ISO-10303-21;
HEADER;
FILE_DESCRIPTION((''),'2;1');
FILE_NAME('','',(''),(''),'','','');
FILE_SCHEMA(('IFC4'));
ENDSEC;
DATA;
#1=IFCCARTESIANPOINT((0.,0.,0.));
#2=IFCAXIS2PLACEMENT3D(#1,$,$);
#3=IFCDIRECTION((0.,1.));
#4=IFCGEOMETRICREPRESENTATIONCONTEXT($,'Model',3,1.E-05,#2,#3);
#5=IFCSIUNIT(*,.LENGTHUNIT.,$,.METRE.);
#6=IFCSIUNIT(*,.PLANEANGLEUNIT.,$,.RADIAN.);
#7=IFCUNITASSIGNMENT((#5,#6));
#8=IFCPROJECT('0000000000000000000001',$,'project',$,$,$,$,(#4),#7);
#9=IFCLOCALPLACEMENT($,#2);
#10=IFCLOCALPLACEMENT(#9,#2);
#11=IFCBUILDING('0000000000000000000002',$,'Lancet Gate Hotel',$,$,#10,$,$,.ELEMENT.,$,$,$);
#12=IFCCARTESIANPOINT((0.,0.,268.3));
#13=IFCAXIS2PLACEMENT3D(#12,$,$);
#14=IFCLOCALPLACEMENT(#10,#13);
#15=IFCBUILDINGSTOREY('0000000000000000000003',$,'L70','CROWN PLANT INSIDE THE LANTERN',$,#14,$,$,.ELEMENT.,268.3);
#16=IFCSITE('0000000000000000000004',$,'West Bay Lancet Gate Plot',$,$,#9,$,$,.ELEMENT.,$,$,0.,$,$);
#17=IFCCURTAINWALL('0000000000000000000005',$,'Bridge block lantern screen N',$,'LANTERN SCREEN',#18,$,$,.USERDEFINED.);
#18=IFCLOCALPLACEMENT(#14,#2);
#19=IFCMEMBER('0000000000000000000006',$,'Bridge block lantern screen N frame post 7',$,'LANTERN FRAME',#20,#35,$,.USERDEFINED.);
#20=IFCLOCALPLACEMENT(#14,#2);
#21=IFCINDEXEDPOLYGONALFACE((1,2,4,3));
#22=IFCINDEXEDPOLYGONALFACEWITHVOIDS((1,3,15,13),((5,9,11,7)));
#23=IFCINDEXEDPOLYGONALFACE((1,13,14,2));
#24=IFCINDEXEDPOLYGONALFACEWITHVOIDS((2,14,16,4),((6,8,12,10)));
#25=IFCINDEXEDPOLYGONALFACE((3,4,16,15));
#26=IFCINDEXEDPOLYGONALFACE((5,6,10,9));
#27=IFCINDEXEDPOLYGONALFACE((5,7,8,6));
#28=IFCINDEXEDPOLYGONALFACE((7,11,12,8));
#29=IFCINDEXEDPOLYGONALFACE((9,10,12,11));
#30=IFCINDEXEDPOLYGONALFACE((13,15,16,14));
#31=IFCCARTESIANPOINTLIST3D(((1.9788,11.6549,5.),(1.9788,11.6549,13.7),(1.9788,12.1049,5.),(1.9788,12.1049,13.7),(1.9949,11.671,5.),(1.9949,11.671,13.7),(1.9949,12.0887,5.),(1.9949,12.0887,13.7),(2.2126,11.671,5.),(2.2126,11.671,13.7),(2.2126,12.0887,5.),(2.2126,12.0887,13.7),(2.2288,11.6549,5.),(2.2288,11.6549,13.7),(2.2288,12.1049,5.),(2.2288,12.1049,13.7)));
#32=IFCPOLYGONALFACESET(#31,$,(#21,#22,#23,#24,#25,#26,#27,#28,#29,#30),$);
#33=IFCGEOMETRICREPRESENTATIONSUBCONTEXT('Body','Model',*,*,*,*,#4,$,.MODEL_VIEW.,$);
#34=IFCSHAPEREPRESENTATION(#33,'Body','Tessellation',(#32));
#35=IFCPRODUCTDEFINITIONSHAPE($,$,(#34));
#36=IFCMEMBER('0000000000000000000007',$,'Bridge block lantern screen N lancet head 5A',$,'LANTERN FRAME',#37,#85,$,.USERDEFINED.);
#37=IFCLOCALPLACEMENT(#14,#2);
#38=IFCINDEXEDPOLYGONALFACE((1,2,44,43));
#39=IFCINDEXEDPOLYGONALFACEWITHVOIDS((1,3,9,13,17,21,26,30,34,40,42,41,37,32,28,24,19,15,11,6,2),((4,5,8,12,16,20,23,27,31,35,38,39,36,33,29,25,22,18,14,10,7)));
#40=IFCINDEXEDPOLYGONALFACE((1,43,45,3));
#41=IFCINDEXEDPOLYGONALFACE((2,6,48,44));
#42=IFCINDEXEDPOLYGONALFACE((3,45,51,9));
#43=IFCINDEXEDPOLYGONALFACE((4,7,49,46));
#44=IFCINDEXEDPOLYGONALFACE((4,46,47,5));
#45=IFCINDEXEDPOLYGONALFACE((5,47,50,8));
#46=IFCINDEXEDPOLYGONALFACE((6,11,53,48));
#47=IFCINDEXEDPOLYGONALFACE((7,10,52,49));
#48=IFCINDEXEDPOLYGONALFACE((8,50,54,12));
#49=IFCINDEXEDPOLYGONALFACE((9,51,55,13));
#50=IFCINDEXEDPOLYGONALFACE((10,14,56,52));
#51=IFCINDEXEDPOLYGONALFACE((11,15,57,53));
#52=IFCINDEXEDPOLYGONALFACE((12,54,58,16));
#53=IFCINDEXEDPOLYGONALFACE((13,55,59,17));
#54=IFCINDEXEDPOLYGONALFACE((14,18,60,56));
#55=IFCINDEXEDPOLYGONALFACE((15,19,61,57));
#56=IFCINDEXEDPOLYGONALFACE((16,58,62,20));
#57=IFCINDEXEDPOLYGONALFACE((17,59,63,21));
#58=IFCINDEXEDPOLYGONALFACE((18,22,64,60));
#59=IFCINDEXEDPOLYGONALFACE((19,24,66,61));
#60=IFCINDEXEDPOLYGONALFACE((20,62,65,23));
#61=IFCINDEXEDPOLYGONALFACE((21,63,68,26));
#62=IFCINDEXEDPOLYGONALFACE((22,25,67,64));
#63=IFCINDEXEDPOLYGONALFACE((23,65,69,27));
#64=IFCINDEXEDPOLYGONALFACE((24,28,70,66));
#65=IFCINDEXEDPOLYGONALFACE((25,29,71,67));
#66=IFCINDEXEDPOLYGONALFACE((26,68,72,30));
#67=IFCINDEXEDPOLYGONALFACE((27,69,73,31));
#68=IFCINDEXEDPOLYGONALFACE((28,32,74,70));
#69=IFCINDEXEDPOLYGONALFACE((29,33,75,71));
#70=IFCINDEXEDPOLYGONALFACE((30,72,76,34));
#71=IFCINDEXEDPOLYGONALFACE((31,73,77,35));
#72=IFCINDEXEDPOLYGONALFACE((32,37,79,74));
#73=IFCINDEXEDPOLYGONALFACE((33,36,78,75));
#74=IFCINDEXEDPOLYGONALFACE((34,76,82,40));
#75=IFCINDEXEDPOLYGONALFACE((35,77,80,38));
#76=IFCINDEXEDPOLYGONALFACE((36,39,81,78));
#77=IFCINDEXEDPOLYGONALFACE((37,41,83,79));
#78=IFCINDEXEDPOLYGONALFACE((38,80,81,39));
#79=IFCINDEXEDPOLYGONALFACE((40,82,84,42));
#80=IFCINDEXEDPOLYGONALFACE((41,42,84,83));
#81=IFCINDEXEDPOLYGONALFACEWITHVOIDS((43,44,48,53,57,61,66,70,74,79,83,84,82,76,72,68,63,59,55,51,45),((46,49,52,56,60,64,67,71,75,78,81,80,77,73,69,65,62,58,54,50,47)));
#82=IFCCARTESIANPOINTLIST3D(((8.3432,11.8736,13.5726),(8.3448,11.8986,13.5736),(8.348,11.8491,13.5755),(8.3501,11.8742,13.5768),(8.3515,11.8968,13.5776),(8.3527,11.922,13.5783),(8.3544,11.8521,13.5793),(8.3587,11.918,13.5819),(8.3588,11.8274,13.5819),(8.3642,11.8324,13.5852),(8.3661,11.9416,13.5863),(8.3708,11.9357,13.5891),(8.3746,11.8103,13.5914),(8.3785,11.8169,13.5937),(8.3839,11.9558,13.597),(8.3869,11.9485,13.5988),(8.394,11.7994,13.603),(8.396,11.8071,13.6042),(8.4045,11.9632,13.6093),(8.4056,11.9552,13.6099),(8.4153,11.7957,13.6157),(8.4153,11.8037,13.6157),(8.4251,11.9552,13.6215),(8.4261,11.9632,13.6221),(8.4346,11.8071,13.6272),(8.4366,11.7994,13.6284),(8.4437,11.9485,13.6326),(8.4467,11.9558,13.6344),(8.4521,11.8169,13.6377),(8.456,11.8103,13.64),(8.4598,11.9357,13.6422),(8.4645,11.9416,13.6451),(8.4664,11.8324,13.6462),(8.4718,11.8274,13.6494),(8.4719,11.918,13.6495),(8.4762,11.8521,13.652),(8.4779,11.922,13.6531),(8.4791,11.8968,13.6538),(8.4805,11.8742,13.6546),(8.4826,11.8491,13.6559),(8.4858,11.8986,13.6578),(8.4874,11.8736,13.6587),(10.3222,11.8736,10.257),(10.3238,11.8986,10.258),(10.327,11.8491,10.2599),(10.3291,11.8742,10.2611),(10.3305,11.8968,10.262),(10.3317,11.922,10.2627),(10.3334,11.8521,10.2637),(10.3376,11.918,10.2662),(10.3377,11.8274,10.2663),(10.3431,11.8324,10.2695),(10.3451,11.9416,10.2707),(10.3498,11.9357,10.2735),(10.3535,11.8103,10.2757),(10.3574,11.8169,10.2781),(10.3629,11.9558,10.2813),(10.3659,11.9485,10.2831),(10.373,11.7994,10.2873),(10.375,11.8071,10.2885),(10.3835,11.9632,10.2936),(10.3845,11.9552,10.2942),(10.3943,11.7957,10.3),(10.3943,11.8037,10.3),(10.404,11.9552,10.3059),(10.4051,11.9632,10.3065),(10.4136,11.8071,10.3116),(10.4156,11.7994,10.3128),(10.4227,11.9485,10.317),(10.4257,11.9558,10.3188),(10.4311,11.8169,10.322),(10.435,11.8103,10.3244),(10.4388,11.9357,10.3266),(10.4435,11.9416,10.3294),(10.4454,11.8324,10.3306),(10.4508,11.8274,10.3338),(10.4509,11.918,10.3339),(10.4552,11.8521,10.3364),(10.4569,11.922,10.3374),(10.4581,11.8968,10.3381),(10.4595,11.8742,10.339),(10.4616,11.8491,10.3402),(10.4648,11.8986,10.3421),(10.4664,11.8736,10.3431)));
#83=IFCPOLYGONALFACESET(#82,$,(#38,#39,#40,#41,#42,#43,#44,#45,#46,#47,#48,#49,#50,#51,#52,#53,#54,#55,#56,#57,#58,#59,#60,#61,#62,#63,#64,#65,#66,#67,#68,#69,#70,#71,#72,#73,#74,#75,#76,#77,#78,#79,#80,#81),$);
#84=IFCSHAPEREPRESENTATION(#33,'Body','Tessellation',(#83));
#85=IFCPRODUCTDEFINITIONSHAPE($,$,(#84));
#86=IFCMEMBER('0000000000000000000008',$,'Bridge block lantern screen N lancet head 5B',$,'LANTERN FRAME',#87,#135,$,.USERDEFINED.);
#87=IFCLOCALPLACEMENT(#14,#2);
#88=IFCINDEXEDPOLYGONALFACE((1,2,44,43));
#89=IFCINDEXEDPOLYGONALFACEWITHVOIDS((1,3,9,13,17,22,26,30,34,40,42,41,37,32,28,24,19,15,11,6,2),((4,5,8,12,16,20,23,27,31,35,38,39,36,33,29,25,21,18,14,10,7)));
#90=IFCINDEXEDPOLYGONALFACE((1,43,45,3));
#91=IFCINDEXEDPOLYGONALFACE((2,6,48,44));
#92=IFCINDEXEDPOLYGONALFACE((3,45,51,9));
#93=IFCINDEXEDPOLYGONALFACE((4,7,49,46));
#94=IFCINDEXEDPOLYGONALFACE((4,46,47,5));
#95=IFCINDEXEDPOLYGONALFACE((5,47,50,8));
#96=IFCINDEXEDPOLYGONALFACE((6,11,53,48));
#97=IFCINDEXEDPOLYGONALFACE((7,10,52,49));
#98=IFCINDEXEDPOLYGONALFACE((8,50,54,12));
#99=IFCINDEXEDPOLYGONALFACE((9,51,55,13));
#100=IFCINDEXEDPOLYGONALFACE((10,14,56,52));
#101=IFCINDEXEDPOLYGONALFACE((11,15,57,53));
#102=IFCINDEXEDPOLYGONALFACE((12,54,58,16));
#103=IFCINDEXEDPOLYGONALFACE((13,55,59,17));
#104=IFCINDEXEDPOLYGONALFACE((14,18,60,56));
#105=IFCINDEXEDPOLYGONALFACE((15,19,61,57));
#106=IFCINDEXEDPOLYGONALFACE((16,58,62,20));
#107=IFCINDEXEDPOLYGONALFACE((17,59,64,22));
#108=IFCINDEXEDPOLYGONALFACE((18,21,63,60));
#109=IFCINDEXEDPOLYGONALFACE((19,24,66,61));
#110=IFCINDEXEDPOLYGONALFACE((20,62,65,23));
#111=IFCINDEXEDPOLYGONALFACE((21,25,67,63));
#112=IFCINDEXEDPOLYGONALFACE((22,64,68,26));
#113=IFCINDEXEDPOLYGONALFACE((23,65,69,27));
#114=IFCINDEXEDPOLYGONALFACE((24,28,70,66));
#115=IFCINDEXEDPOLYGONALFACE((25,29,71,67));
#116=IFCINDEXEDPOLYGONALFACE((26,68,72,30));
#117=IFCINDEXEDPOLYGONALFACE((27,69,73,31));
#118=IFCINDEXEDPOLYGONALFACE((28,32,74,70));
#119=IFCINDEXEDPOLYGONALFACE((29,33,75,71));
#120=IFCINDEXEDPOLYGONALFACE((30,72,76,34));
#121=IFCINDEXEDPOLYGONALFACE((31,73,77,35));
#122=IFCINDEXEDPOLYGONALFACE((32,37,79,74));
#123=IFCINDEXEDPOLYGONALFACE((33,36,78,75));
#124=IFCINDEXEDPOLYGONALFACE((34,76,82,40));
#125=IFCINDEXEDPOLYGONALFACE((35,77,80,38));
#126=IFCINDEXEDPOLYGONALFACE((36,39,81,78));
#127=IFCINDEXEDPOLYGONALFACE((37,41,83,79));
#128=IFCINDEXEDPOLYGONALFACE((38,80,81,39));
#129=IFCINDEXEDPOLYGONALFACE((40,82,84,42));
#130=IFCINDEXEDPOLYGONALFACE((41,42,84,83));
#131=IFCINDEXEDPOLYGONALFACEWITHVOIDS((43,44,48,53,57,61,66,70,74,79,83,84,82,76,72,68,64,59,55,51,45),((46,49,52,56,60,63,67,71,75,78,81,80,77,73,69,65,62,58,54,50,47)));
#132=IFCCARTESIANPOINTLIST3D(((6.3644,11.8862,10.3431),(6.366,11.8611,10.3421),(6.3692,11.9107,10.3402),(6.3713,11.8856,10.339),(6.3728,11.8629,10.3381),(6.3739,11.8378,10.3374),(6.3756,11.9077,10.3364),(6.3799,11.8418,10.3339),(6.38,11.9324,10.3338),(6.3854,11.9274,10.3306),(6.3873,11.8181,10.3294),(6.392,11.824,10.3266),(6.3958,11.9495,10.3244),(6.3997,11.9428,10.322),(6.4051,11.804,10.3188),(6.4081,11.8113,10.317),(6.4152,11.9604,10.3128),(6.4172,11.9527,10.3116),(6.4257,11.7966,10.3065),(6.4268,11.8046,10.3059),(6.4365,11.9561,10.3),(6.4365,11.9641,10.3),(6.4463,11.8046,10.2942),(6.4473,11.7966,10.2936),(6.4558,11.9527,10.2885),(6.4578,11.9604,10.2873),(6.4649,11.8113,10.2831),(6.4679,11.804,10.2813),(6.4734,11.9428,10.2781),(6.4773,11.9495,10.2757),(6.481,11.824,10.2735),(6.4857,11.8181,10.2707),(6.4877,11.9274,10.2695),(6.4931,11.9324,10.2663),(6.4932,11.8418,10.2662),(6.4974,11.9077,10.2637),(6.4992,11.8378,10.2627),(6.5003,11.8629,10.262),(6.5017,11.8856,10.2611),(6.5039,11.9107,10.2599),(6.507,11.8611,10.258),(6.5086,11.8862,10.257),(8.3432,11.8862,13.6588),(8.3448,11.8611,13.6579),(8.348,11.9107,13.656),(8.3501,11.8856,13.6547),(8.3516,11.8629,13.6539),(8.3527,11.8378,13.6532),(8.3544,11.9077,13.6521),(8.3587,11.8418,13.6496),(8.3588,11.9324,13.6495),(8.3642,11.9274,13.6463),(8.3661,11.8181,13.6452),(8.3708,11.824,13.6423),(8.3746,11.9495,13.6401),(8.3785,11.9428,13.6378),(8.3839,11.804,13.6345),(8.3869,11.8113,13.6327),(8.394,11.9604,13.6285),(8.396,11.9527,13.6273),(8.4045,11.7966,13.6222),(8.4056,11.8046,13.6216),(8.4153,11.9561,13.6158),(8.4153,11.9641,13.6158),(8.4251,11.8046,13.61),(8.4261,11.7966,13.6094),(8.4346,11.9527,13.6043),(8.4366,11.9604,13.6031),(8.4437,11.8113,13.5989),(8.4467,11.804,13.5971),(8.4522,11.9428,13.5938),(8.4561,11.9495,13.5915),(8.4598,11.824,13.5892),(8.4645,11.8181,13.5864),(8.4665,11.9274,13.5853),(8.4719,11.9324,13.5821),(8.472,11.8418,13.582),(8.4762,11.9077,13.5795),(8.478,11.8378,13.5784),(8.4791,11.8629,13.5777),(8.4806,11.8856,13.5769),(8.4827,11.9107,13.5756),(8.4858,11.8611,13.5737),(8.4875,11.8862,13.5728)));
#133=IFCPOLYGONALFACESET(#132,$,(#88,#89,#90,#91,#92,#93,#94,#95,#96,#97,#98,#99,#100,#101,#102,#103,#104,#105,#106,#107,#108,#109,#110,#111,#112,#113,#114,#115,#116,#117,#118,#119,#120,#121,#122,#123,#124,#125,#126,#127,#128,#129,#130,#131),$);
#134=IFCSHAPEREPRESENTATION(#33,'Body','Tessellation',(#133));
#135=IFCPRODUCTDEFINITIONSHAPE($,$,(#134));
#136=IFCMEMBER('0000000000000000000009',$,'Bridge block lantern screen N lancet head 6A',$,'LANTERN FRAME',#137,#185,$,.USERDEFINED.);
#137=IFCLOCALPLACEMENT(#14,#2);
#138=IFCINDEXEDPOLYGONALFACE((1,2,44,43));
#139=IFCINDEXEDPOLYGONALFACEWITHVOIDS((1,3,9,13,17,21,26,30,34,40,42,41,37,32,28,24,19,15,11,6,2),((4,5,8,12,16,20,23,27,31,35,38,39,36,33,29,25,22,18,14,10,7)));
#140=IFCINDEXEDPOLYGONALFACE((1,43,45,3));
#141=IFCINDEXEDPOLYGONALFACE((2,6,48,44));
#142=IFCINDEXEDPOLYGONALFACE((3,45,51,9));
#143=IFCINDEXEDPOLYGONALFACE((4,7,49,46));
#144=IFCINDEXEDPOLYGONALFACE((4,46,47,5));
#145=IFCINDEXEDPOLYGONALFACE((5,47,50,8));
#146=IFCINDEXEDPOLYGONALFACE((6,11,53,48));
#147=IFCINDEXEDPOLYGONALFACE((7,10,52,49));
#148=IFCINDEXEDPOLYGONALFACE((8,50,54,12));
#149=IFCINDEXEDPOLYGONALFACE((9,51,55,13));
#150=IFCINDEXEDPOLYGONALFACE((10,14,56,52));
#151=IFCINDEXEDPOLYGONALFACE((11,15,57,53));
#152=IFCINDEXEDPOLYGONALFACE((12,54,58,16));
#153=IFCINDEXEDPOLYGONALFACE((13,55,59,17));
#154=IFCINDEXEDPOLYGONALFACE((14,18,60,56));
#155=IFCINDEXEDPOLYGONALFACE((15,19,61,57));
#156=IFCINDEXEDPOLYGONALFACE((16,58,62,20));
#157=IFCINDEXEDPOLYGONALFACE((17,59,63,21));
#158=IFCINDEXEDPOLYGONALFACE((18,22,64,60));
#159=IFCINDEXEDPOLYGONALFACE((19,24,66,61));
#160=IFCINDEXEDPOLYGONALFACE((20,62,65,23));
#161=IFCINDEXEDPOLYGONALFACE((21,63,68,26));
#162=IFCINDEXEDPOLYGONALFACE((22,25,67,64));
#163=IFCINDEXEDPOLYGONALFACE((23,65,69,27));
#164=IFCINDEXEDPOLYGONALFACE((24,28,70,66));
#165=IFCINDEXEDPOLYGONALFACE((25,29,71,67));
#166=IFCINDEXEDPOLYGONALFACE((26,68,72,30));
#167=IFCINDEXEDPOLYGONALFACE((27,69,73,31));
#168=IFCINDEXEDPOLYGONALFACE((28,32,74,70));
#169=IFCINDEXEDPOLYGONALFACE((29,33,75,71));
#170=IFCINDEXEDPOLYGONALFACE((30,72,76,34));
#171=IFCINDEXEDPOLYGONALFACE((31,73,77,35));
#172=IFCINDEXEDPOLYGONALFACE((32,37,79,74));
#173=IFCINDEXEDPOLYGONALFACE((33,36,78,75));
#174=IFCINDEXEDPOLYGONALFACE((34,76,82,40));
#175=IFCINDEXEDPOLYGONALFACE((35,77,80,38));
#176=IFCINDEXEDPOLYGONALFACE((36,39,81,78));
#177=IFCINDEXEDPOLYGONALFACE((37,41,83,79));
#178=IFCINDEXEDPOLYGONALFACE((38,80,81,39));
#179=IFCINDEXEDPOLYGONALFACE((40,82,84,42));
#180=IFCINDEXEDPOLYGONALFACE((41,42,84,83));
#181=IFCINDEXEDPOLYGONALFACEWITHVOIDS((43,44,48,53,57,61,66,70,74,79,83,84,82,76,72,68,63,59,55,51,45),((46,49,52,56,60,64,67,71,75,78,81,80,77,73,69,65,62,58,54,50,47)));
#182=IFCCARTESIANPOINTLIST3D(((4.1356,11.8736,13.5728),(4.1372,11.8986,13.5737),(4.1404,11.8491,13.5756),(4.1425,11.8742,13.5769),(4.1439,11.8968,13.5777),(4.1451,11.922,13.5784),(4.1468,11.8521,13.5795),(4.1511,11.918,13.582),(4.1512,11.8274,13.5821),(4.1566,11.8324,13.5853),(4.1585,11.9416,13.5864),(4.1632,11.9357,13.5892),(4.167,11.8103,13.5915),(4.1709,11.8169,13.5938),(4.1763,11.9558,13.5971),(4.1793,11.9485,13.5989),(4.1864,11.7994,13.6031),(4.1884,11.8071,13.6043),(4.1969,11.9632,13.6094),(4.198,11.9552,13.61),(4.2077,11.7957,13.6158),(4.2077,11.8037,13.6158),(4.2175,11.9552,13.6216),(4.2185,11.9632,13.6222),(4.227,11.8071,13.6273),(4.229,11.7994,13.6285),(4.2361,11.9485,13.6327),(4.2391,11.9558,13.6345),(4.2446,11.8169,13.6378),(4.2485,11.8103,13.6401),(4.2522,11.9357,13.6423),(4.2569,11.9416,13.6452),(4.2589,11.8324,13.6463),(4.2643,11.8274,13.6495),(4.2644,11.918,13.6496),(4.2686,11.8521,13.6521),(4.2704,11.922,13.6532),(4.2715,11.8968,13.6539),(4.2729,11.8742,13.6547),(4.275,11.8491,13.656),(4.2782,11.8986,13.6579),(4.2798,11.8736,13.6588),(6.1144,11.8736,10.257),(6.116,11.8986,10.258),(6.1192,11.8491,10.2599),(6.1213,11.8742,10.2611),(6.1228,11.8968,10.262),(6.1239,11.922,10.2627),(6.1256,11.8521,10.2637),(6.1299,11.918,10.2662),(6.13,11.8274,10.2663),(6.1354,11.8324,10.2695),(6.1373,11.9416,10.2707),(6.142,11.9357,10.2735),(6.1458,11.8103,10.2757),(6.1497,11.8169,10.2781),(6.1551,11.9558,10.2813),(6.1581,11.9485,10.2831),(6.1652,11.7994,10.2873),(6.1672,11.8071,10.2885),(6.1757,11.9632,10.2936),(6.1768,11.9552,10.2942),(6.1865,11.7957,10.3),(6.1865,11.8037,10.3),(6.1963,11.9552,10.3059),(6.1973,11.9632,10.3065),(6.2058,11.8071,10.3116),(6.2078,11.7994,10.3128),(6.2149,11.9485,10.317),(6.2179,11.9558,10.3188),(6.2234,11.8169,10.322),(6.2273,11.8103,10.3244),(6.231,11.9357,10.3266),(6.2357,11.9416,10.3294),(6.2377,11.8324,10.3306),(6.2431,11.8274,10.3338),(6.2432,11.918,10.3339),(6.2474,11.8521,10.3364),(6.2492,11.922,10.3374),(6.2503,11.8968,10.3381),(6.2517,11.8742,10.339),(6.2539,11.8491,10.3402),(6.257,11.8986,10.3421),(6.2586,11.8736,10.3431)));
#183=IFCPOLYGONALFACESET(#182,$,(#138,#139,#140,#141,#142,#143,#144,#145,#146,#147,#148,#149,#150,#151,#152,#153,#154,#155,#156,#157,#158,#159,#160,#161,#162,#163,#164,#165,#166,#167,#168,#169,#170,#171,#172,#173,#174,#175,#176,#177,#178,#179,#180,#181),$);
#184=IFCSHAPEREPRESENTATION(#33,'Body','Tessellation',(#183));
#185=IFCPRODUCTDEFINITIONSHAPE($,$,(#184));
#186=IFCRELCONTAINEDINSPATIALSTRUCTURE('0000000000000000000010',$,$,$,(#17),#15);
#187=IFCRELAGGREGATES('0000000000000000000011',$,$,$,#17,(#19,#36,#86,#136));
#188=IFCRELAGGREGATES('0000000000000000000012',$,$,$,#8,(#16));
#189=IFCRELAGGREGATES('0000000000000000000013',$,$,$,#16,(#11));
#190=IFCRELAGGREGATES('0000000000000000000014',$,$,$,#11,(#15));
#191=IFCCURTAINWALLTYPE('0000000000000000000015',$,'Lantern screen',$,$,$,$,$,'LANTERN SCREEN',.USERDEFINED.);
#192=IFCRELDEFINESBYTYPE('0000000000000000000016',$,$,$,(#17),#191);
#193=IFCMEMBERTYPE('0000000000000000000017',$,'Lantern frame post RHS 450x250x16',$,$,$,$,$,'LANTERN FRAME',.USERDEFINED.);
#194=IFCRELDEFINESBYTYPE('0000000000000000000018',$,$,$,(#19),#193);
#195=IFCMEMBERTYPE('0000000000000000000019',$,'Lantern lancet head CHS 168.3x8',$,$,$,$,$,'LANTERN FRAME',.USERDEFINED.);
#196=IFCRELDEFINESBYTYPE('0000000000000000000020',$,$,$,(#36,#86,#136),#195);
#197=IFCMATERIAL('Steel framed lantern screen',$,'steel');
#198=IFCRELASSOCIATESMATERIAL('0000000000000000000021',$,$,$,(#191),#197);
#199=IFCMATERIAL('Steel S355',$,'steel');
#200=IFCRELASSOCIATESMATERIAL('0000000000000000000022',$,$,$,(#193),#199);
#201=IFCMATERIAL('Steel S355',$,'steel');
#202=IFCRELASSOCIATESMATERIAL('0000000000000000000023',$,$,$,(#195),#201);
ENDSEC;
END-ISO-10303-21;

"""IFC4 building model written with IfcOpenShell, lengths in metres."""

from ifc_helpers import new_model, si_unit, direction, frame, origin, origin_2d, place, context, subcontext, project, spatial, hollow_rectangle, hollow_circle, extrude, material, material_profile, profile_set, type_object, element, aggregate, save


model = new_model("IFC4")

# Units and contexts
model_context = context("Model", 3, precision=1e-05, world=origin(), true_north=direction((0.0, 1.0)))
body_context = subcontext(model_context, "Body", "Model", "MODEL_VIEW")
ifc_project = project(units=[si_unit("LENGTHUNIT", "METRE"), si_unit("PLANEANGLEUNIT", "RADIAN")], contexts=[model_context])

# Site, building, storey
site_placement = place(None, origin())
site = spatial("IfcSite", under=ifc_project, at=site_placement, Name="West Bay Lancet Gate Plot", CompositionType="ELEMENT", RefElevation=0.0)
building_placement = place(site_placement, origin())
building = spatial("IfcBuilding", under=site, at=building_placement, Name="Lancet Gate Hotel", CompositionType="ELEMENT")
storey_placement = place(building_placement, frame((0.0, 0.0, 268.3)))
storey = spatial("IfcBuildingStorey", under=building, at=storey_placement, Name="L70", Description="CROWN PLANT INSIDE THE LANTERN", CompositionType="ELEMENT", Elevation=268.3)

# Curtain wall, members
ifc_material_1 = material(Name="Steel framed lantern screen", Category="steel")
curtain_wall_type_1 = type_object("IfcCurtainWallType", Name="Lantern screen", ElementType="LANTERN SCREEN", PredefinedType="USERDEFINED", material=ifc_material_1)
curtain_wall_1_placement = place(storey_placement, origin())
curtain_wall_1 = element("IfcCurtainWall", 1, at=curtain_wall_1_placement, inside=storey, type_object=curtain_wall_type_1, Name="Bridge block lantern screen N", ObjectType="LANTERN SCREEN", PredefinedType="USERDEFINED")
ifc_material_2 = material(Name="Steel S355", Category="steel")
ifc_material_profile_1 = material_profile(ifc_material_2, hollow_rectangle(XDim=0.25, YDim=0.45, WallThickness=0.0161, at=origin_2d()), Name="RHS 450x250x16")
ifc_profile_set_1 = profile_set([ifc_material_profile_1], Name="Steel S355")
member_type_1 = type_object("IfcMemberType", Name="Lantern frame post RHS 450x250x16", ElementType="LANTERN FRAME", PredefinedType="USERDEFINED", material=ifc_profile_set_1)
member_1_placement = place(storey_placement, frame((2.1038, 11.8799, 5.0), z_axis=(0.0, 0.0, 1.0), x_axis=(-1.0, 0.0, 0.0)))
member_1 = element("IfcMember", 2, at=member_1_placement, type_object=member_type_1, Name="Bridge block lantern screen N frame post 7", ObjectType="LANTERN FRAME", PredefinedType="USERDEFINED", context=body_context, shape_type="SweptSolid", body=[
    extrude(hollow_rectangle(XDim=0.25, YDim=0.45, WallThickness=0.0161, at=origin_2d()), origin(), (0.0, 0.0, 1.0), 8.7),
])
ifc_material_3 = material(Name="Steel S355", Category="steel")
ifc_material_profile_2 = material_profile(ifc_material_3, hollow_circle(Radius=0.0842, WallThickness=0.0081, at=origin_2d()), Name="CHS 168.3x8.0")
ifc_profile_set_2 = profile_set([ifc_material_profile_2], Name="Steel S355")
member_type_2 = type_object("IfcMemberType", Name="Lantern lancet head CHS 168.3x8", ElementType="LANTERN FRAME", PredefinedType="USERDEFINED", material=ifc_profile_set_2)
member_2_placement = place(storey_placement, frame((10.3943, 11.8799, 10.3), z_axis=(-0.512514, 0.0, 0.858679), x_axis=(0.0, -1.0, 0.0)))
member_2 = element("IfcMember", 3, at=member_2_placement, type_object=member_type_2, Name="Bridge block lantern screen N lancet head 5A", ObjectType="LANTERN FRAME", PredefinedType="USERDEFINED", context=body_context, shape_type="SweptSolid", body=[
    extrude(hollow_circle(Radius=0.0842, WallThickness=0.0081, at=origin_2d()), origin(), (0.0, 0.0, 1.0), 3.8613),
])
member_3_placement = place(storey_placement, frame((6.4365, 11.8799, 10.3), z_axis=(0.512467, 0.0, 0.858707), x_axis=(0.0, 1.0, 0.0)))
member_3 = element("IfcMember", 4, at=member_3_placement, type_object=member_type_2, Name="Bridge block lantern screen N lancet head 5B", ObjectType="LANTERN FRAME", PredefinedType="USERDEFINED", context=body_context, shape_type="SweptSolid", body=[
    extrude(hollow_circle(Radius=0.0842, WallThickness=0.0081, at=origin_2d()), origin(), (0.0, 0.0, 1.0), 3.8613),
])
member_4_placement = place(storey_placement, frame((6.1865, 11.8799, 10.3), z_axis=(-0.512467, 0.0, 0.858707), x_axis=(0.0, -1.0, 0.0)))
member_4 = element("IfcMember", 5, at=member_4_placement, type_object=member_type_2, Name="Bridge block lantern screen N lancet head 6A", ObjectType="LANTERN FRAME", PredefinedType="USERDEFINED", context=body_context, shape_type="SweptSolid", body=[
    extrude(hollow_circle(Radius=0.0842, WallThickness=0.0081, at=origin_2d()), origin(), (0.0, 0.0, 1.0), 3.8613),
])

aggregate(curtain_wall_1, [member_1, member_2, member_3, member_4])

save(model, "model.ifc")
